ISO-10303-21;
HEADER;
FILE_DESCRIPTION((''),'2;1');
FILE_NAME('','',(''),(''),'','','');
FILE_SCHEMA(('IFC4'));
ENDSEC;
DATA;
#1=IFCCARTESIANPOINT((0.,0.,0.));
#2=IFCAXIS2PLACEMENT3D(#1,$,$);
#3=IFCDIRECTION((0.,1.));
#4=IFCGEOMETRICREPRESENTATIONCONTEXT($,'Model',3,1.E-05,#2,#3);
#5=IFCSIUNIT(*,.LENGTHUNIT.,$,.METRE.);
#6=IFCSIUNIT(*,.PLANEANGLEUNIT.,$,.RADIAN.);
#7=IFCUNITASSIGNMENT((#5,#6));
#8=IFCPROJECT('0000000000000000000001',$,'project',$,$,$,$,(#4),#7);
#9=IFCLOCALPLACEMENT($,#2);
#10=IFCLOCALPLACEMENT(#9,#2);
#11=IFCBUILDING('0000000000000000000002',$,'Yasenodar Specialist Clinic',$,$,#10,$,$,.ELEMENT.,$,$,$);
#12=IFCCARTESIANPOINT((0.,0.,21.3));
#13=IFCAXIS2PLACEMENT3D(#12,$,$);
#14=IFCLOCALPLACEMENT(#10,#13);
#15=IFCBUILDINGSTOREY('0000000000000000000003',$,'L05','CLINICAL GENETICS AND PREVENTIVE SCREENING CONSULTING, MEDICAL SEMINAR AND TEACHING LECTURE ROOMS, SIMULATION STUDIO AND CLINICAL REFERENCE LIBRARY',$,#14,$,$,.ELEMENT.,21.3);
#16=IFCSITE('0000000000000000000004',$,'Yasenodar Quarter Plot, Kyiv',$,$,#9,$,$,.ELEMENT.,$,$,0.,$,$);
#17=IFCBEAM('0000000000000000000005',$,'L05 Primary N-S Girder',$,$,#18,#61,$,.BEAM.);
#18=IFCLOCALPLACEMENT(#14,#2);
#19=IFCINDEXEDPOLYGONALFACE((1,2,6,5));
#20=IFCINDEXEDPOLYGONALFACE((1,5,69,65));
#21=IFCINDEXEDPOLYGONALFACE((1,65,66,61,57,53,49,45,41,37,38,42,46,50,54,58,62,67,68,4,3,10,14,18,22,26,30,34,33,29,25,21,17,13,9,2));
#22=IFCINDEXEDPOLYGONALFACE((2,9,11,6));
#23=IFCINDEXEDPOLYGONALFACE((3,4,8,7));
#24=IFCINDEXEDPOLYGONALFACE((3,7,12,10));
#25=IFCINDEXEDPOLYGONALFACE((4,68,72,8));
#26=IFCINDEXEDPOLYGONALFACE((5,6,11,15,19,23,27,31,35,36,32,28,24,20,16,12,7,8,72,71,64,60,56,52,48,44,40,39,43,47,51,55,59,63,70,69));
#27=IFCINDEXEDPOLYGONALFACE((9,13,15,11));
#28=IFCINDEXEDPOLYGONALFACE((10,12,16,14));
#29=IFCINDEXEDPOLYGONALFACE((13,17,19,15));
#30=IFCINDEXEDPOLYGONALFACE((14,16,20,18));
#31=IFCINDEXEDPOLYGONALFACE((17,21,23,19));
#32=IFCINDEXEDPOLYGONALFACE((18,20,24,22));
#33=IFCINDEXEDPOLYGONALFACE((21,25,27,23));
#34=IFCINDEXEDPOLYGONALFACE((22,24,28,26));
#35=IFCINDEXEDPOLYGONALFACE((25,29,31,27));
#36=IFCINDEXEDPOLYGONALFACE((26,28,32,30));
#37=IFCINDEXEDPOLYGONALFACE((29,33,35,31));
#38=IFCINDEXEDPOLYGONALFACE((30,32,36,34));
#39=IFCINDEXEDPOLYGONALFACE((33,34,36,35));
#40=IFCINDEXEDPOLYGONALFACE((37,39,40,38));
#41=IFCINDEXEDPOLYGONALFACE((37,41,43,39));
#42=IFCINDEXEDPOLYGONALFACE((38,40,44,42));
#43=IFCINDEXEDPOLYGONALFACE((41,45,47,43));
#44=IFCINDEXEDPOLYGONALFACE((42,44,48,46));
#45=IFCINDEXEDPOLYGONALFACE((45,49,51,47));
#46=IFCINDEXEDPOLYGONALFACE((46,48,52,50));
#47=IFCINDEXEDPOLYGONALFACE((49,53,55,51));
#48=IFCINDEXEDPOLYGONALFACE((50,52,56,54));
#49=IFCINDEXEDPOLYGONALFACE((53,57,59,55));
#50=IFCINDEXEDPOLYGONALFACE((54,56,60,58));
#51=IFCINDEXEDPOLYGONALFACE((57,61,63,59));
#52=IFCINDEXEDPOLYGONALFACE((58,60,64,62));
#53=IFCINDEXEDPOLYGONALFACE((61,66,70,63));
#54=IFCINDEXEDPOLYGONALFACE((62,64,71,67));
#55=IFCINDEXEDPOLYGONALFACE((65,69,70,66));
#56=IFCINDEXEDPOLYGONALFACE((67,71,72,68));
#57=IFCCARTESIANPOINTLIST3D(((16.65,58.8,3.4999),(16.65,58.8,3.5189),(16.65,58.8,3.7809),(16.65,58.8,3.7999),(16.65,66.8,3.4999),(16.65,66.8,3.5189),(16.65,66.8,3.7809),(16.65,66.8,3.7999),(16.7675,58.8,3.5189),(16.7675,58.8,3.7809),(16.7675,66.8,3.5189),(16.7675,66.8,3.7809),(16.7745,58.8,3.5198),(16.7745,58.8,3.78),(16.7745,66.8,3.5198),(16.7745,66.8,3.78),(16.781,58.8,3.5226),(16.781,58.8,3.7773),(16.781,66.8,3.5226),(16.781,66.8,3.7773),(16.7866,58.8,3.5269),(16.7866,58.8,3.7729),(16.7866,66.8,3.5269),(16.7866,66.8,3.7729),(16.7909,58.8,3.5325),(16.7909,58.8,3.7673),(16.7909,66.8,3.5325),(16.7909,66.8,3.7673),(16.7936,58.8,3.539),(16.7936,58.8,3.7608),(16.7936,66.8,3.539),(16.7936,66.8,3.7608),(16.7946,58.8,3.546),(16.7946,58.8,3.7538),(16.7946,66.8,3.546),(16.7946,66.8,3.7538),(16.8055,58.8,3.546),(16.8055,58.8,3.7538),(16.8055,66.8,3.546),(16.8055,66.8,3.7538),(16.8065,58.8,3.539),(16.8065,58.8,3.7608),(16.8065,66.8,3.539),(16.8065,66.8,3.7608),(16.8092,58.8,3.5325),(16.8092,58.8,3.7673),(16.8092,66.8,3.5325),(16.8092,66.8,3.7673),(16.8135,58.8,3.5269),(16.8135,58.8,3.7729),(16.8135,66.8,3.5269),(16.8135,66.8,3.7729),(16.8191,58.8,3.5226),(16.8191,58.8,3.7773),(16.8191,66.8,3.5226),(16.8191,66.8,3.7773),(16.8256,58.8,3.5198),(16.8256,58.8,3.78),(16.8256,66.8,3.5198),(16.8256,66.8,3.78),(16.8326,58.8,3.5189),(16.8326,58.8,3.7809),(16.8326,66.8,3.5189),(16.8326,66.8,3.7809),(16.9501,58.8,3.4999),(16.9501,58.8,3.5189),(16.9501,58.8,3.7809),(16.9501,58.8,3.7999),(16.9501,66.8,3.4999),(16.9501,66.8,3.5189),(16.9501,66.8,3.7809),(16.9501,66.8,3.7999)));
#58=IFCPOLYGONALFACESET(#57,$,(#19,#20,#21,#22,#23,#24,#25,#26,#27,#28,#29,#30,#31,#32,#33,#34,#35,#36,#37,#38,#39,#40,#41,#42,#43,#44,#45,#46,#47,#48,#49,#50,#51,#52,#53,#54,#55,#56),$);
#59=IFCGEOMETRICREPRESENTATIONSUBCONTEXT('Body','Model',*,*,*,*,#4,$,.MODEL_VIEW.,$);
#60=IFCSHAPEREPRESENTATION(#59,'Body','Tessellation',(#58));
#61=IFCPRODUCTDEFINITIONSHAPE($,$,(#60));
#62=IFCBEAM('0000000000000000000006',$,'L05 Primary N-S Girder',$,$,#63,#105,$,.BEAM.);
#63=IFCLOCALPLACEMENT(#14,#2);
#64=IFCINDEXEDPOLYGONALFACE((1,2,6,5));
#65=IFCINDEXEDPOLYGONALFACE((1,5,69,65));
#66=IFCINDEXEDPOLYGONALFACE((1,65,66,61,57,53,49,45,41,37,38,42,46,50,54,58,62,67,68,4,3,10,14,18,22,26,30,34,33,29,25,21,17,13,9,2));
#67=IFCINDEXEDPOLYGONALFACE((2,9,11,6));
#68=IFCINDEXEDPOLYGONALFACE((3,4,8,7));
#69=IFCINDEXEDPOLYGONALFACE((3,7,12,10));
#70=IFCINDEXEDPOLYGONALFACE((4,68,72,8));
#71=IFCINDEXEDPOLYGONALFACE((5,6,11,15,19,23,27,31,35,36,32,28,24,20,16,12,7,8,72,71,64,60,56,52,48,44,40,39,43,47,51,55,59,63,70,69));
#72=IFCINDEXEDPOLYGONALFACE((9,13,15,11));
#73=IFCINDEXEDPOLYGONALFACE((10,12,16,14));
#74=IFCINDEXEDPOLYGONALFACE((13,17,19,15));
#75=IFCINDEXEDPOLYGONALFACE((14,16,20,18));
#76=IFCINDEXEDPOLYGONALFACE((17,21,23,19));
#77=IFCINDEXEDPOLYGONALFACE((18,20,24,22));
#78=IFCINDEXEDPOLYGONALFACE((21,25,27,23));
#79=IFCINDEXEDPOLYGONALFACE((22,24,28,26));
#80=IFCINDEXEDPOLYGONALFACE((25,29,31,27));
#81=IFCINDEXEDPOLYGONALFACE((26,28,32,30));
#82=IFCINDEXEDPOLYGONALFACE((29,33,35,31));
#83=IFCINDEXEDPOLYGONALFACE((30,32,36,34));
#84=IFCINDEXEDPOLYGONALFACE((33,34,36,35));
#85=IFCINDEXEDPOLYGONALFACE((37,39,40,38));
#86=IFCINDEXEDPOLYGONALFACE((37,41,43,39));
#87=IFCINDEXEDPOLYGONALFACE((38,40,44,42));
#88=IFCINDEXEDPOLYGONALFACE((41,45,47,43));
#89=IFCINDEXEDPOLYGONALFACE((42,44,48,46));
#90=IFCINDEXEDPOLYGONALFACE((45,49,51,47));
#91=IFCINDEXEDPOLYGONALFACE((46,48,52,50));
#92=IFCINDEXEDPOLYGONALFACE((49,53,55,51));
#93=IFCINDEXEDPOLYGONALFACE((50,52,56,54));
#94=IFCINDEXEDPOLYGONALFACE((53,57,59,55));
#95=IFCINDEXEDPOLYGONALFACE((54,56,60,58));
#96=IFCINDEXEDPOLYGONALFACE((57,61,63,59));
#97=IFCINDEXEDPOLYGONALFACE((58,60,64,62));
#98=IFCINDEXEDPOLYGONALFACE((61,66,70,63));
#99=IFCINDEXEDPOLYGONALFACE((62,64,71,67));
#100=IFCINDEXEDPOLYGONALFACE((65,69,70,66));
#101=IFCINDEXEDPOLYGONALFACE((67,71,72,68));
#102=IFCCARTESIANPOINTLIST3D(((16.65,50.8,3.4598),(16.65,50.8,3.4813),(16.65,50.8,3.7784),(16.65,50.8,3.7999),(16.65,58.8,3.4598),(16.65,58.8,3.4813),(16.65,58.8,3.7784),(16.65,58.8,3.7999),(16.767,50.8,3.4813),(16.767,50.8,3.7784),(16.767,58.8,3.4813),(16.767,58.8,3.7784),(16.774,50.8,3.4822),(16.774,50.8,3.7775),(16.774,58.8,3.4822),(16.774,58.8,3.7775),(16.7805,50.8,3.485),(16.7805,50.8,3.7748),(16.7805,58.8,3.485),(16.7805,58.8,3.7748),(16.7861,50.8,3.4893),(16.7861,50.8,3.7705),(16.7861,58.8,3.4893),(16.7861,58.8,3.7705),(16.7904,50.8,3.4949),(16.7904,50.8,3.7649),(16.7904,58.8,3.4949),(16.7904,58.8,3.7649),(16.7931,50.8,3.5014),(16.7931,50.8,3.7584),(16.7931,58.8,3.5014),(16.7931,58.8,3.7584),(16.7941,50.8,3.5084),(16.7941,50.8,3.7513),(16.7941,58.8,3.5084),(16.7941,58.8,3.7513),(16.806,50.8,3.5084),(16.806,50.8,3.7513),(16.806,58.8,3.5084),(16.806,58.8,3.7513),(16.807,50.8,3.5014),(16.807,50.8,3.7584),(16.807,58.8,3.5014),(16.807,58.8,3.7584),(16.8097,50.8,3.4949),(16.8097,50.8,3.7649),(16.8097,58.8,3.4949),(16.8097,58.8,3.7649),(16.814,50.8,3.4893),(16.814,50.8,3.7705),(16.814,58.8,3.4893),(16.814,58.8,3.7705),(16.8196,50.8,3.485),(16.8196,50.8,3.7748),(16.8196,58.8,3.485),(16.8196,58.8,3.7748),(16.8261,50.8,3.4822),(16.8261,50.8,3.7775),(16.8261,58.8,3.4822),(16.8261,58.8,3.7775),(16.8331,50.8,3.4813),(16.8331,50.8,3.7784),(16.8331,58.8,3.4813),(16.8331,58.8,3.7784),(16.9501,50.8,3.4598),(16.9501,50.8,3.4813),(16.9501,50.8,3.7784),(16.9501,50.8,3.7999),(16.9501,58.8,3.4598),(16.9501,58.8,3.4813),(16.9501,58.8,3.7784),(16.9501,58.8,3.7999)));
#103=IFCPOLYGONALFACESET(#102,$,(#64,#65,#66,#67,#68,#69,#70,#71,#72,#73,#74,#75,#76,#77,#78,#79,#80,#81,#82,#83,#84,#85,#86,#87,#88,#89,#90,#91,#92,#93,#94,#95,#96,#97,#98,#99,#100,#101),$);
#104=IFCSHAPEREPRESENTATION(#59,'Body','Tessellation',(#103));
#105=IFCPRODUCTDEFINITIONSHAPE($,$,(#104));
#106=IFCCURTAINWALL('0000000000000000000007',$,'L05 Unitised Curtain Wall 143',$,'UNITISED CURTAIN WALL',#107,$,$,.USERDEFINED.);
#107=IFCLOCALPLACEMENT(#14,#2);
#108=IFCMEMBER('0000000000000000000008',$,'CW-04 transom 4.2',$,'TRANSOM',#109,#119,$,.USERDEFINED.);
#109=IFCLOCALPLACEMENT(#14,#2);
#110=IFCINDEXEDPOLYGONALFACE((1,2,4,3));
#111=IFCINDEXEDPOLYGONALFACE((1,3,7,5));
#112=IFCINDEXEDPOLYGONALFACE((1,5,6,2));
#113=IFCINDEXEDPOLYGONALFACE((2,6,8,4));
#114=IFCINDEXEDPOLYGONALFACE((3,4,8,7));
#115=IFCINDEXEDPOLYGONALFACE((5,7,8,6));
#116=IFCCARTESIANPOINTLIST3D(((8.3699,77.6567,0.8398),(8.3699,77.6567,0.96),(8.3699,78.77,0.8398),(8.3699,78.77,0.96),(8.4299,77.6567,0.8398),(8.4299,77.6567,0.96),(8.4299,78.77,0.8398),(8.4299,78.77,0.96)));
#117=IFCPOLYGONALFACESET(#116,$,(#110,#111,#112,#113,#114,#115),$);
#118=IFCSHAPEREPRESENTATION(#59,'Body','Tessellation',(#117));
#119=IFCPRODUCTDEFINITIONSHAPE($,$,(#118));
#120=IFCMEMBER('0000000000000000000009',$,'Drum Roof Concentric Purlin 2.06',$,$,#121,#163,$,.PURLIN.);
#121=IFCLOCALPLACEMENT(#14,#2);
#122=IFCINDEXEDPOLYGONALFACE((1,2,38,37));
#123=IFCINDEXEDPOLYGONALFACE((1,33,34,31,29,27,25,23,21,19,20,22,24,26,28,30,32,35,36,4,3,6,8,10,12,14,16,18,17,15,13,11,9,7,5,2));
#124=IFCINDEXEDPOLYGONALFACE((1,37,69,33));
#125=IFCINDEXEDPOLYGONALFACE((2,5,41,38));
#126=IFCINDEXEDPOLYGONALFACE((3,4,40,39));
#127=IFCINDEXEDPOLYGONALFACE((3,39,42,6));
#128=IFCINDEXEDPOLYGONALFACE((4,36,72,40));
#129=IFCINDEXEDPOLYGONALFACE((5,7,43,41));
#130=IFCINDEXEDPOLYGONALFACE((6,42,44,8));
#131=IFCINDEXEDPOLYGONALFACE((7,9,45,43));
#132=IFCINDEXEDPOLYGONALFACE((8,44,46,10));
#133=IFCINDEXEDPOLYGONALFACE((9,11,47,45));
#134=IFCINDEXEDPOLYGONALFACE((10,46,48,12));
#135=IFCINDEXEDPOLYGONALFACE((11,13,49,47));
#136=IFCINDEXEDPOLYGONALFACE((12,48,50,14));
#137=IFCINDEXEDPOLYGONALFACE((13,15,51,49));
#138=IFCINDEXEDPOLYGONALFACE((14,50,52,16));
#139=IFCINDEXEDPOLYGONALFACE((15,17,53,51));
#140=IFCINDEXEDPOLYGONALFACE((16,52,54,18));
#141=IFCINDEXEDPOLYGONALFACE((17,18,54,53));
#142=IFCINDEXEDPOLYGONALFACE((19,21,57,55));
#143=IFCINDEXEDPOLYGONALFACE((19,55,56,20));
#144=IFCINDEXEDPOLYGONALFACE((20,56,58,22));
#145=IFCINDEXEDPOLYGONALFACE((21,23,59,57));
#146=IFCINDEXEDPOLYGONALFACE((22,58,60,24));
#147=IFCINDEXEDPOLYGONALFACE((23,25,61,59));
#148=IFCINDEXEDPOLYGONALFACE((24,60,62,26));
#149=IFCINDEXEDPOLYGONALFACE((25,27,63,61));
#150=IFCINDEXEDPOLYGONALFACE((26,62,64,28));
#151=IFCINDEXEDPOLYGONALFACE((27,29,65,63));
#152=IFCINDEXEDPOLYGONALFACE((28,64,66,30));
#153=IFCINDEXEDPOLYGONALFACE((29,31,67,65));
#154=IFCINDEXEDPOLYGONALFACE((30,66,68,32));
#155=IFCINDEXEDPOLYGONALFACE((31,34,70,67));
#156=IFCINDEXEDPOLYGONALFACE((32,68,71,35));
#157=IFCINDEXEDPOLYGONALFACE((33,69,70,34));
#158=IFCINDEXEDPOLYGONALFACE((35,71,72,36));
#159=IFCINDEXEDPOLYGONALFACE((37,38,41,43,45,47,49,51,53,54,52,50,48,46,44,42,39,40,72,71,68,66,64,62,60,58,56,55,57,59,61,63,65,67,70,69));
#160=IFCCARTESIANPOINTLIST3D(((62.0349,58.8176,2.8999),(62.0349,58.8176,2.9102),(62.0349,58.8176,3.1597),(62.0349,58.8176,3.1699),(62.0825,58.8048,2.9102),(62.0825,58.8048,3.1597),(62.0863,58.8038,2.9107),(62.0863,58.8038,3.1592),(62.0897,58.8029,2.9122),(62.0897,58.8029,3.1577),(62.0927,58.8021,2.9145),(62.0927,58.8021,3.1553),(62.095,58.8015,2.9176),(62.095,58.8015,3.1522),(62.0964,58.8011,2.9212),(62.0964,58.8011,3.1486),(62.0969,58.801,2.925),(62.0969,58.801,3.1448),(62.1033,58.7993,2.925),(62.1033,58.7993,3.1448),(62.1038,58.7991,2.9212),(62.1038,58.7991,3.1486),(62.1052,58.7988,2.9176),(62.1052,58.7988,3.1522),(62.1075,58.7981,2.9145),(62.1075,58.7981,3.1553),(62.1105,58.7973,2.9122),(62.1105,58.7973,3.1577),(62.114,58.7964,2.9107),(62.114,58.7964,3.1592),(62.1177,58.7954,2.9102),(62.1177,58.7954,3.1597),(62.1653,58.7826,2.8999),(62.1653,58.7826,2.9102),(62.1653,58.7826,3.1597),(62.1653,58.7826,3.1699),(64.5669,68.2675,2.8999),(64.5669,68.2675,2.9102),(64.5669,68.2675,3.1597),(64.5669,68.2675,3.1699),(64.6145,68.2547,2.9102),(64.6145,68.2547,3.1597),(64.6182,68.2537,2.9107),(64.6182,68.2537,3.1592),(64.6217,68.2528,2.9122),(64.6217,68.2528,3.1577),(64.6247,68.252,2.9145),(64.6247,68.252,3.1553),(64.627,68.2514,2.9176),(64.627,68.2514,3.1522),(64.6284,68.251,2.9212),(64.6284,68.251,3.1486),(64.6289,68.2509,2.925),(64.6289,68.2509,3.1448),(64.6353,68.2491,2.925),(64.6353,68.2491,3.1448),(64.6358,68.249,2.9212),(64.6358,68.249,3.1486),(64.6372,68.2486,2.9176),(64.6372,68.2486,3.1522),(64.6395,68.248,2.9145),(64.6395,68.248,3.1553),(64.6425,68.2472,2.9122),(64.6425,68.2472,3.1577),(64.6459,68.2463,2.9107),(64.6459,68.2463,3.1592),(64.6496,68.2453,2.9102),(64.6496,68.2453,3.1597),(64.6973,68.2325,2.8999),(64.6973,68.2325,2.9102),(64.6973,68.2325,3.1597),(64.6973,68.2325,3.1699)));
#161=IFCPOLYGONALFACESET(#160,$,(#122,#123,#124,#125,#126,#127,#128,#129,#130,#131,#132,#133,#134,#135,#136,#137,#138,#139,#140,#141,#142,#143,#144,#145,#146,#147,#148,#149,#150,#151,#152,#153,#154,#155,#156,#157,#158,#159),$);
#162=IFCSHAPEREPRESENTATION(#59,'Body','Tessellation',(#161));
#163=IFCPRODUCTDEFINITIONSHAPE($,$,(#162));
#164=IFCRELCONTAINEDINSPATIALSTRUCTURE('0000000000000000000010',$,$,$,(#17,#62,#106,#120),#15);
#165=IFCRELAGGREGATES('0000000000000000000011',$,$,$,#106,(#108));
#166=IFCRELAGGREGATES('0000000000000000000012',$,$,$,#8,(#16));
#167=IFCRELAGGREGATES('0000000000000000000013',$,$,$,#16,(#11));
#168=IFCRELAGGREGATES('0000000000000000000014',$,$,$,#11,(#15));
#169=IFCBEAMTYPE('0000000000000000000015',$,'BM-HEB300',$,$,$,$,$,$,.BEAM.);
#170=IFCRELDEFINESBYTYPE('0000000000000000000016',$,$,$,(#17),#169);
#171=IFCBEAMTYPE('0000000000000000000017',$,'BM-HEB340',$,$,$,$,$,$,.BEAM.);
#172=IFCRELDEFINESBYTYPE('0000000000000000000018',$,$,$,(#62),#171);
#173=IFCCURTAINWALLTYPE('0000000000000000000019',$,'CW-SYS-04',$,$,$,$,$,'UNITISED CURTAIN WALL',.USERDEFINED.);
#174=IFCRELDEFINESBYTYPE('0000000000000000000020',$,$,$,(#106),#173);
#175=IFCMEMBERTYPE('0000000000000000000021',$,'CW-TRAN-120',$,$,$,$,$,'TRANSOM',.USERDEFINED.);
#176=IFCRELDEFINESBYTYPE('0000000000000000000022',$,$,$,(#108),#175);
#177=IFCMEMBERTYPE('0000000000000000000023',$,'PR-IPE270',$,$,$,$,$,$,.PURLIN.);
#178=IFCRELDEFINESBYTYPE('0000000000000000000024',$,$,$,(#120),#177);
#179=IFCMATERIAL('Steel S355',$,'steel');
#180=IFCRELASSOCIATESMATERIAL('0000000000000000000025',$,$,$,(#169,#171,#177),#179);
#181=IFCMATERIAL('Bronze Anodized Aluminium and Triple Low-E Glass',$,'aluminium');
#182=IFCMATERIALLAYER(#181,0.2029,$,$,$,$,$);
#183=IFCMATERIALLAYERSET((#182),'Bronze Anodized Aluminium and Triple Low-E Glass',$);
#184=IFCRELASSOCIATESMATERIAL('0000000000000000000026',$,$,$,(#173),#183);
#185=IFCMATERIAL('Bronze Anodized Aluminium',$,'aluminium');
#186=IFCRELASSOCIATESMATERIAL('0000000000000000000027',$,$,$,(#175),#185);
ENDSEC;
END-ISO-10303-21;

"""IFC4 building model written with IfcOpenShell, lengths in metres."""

from ifc_helpers import new_model, si_unit, direction, frame, origin, origin_2d, place, context, subcontext, project, spatial, rectangle, i_section, extrude, material, layer, layer_set, material_profile, profile_set, type_object, element, aggregate, save


model = new_model("IFC4")

# Units and contexts
model_context = context("Model", 3, precision=1e-05, world=origin(), true_north=direction((0.0, 1.0)))
body_context = subcontext(model_context, "Body", "Model", "MODEL_VIEW")
ifc_project = project(units=[si_unit("LENGTHUNIT", "METRE"), si_unit("PLANEANGLEUNIT", "RADIAN")], contexts=[model_context])

# Site, building, storey
site_placement = place(None, origin())
site = spatial("IfcSite", under=ifc_project, at=site_placement, Name="Yasenodar Quarter Plot, Kyiv", CompositionType="ELEMENT", RefElevation=0.0)
building_placement = place(site_placement, origin())
building = spatial("IfcBuilding", under=site, at=building_placement, Name="Yasenodar Specialist Clinic", CompositionType="ELEMENT")
storey_placement = place(building_placement, frame((0.0, 0.0, 21.3)))
storey = spatial("IfcBuildingStorey", under=building, at=storey_placement, Name="L05", Description="CLINICAL GENETICS AND PREVENTIVE SCREENING CONSULTING, MEDICAL SEMINAR AND TEACHING LECTURE ROOMS, SIMULATION STUDIO AND CLINICAL REFERENCE LIBRARY", CompositionType="ELEMENT", Elevation=21.3)

# Shared definitions
ifc_material_1 = material(Name="Steel S355", Category="steel")

# Beams
ifc_material_profile_1 = material_profile(ifc_material_1, i_section(OverallWidth=0.3, OverallDepth=0.3, WebThickness=0.011, FlangeThickness=0.019, FilletRadius=0.0271, at=origin_2d()), Name="HEB 300")
ifc_profile_set_1 = profile_set([ifc_material_profile_1], Name="Steel S355")
beam_type_1 = type_object("IfcBeamType", Name="BM-HEB300", PredefinedType="BEAM", material=ifc_profile_set_1)
beam_1_placement = place(storey_placement, frame((16.8, 58.8, 3.6499), z_axis=(0.0, 1.0, 0.0), x_axis=(-1.0, 0.0, 0.0)))
element("IfcBeam", 1, at=beam_1_placement, inside=storey, type_object=beam_type_1, Name="L05 Primary N-S Girder", PredefinedType="BEAM", context=body_context, shape_type="SweptSolid", body=[
    extrude(i_section(OverallWidth=0.3, OverallDepth=0.3, WebThickness=0.011, FlangeThickness=0.019, FilletRadius=0.0271, at=origin_2d()), origin(), (0.0, 0.0, 1.0), 8.0),
])
ifc_material_profile_2 = material_profile(ifc_material_1, i_section(OverallWidth=0.3, OverallDepth=0.3401, WebThickness=0.012, FlangeThickness=0.0215, FilletRadius=0.0271, at=origin_2d()), Name="HEB 340")
ifc_profile_set_2 = profile_set([ifc_material_profile_2], Name="Steel S355")
beam_type_2 = type_object("IfcBeamType", Name="BM-HEB340", PredefinedType="BEAM", material=ifc_profile_set_2)
beam_2_placement = place(storey_placement, frame((16.8, 50.8, 3.6299), z_axis=(0.0, 1.0, 0.0), x_axis=(-1.0, 0.0, 0.0)))
element("IfcBeam", 2, at=beam_2_placement, inside=storey, type_object=beam_type_2, Name="L05 Primary N-S Girder", PredefinedType="BEAM", context=body_context, shape_type="SweptSolid", body=[
    extrude(i_section(OverallWidth=0.3, OverallDepth=0.3401, WebThickness=0.012, FlangeThickness=0.0215, FilletRadius=0.0271, at=origin_2d()), origin(), (0.0, 0.0, 1.0), 8.0),
])

# Curtain wall, member
ifc_material_2 = material(Name="Bronze Anodized Aluminium and Triple Low-E Glass", Category="aluminium")
ifc_layer_1 = layer(ifc_material_2, 0.2029)
ifc_layer_set_1 = layer_set([ifc_layer_1], Name="Bronze Anodized Aluminium and Triple Low-E Glass")
curtain_wall_type = type_object("IfcCurtainWallType", Name="CW-SYS-04", ElementType="UNITISED CURTAIN WALL", PredefinedType="USERDEFINED", material=ifc_layer_set_1)
curtain_wall_placement = place(storey_placement, origin())
curtain_wall = element("IfcCurtainWall", 3, at=curtain_wall_placement, inside=storey, type_object=curtain_wall_type, Name="L05 Unitised Curtain Wall 143", ObjectType="UNITISED CURTAIN WALL", PredefinedType="USERDEFINED")
ifc_material_3 = material(Name="Bronze Anodized Aluminium", Category="aluminium")
ifc_material_profile_3 = material_profile(ifc_material_3, rectangle(XDim=0.0601, YDim=0.1201, at=origin_2d()), Name="CW-TRAN 60x120")
ifc_profile_set_3 = profile_set([ifc_material_profile_3], Name="Bronze Anodized Aluminium")
member_type_1 = type_object("IfcMemberType", Name="CW-TRAN-120", ElementType="TRANSOM", PredefinedType="USERDEFINED", material=ifc_profile_set_3)
member_1_placement = place(storey_placement, frame((8.3999, 78.77, 0.8999), z_axis=(0.0, -1.0, 0.0), x_axis=(1.0, 0.0, 0.0)))
member_1 = element("IfcMember", 4, at=member_1_placement, type_object=member_type_1, Name="CW-04 transom 4.2", ObjectType="TRANSOM", PredefinedType="USERDEFINED", context=body_context, shape_type="SweptSolid", body=[
    extrude(rectangle(XDim=0.0601, YDim=0.1201, at=origin_2d()), origin(), (0.0, 0.0, 1.0), 1.1133),
])
aggregate(curtain_wall, [member_1])

# Member
ifc_material_profile_4 = material_profile(ifc_material_1, i_section(OverallWidth=0.135, OverallDepth=0.27, WebThickness=0.0066, FlangeThickness=0.0103, FilletRadius=0.0149, at=origin_2d()), Name="IPE 270")
ifc_profile_set_4 = profile_set([ifc_material_profile_4], Name="Steel S355")
member_type_2 = type_object("IfcMemberType", Name="PR-IPE270", PredefinedType="PURLIN", material=ifc_profile_set_4)
for number, where, z_axis, x_axis, name in (
    (5, (64.6321, 68.25, 3.0349), (-0.258807, -0.965929, 0.0), (0.965929, -0.258807, 0.0), "Drum Roof Concentric Purlin 2.06"),
):
    element("IfcMember", number, at=place(storey_placement, frame(where, z_axis=z_axis, x_axis=x_axis)), inside=storey, type_object=member_type_2, Name=name, PredefinedType="PURLIN", context=body_context, shape_type="SweptSolid", body=[
        extrude(i_section(OverallWidth=0.135, OverallDepth=0.27, WebThickness=0.0066, FlangeThickness=0.0103, FilletRadius=0.0149, at=origin_2d()), origin(), (0.0, 0.0, 1.0), 9.7832),
    ])

save(model, "model.ifc")
